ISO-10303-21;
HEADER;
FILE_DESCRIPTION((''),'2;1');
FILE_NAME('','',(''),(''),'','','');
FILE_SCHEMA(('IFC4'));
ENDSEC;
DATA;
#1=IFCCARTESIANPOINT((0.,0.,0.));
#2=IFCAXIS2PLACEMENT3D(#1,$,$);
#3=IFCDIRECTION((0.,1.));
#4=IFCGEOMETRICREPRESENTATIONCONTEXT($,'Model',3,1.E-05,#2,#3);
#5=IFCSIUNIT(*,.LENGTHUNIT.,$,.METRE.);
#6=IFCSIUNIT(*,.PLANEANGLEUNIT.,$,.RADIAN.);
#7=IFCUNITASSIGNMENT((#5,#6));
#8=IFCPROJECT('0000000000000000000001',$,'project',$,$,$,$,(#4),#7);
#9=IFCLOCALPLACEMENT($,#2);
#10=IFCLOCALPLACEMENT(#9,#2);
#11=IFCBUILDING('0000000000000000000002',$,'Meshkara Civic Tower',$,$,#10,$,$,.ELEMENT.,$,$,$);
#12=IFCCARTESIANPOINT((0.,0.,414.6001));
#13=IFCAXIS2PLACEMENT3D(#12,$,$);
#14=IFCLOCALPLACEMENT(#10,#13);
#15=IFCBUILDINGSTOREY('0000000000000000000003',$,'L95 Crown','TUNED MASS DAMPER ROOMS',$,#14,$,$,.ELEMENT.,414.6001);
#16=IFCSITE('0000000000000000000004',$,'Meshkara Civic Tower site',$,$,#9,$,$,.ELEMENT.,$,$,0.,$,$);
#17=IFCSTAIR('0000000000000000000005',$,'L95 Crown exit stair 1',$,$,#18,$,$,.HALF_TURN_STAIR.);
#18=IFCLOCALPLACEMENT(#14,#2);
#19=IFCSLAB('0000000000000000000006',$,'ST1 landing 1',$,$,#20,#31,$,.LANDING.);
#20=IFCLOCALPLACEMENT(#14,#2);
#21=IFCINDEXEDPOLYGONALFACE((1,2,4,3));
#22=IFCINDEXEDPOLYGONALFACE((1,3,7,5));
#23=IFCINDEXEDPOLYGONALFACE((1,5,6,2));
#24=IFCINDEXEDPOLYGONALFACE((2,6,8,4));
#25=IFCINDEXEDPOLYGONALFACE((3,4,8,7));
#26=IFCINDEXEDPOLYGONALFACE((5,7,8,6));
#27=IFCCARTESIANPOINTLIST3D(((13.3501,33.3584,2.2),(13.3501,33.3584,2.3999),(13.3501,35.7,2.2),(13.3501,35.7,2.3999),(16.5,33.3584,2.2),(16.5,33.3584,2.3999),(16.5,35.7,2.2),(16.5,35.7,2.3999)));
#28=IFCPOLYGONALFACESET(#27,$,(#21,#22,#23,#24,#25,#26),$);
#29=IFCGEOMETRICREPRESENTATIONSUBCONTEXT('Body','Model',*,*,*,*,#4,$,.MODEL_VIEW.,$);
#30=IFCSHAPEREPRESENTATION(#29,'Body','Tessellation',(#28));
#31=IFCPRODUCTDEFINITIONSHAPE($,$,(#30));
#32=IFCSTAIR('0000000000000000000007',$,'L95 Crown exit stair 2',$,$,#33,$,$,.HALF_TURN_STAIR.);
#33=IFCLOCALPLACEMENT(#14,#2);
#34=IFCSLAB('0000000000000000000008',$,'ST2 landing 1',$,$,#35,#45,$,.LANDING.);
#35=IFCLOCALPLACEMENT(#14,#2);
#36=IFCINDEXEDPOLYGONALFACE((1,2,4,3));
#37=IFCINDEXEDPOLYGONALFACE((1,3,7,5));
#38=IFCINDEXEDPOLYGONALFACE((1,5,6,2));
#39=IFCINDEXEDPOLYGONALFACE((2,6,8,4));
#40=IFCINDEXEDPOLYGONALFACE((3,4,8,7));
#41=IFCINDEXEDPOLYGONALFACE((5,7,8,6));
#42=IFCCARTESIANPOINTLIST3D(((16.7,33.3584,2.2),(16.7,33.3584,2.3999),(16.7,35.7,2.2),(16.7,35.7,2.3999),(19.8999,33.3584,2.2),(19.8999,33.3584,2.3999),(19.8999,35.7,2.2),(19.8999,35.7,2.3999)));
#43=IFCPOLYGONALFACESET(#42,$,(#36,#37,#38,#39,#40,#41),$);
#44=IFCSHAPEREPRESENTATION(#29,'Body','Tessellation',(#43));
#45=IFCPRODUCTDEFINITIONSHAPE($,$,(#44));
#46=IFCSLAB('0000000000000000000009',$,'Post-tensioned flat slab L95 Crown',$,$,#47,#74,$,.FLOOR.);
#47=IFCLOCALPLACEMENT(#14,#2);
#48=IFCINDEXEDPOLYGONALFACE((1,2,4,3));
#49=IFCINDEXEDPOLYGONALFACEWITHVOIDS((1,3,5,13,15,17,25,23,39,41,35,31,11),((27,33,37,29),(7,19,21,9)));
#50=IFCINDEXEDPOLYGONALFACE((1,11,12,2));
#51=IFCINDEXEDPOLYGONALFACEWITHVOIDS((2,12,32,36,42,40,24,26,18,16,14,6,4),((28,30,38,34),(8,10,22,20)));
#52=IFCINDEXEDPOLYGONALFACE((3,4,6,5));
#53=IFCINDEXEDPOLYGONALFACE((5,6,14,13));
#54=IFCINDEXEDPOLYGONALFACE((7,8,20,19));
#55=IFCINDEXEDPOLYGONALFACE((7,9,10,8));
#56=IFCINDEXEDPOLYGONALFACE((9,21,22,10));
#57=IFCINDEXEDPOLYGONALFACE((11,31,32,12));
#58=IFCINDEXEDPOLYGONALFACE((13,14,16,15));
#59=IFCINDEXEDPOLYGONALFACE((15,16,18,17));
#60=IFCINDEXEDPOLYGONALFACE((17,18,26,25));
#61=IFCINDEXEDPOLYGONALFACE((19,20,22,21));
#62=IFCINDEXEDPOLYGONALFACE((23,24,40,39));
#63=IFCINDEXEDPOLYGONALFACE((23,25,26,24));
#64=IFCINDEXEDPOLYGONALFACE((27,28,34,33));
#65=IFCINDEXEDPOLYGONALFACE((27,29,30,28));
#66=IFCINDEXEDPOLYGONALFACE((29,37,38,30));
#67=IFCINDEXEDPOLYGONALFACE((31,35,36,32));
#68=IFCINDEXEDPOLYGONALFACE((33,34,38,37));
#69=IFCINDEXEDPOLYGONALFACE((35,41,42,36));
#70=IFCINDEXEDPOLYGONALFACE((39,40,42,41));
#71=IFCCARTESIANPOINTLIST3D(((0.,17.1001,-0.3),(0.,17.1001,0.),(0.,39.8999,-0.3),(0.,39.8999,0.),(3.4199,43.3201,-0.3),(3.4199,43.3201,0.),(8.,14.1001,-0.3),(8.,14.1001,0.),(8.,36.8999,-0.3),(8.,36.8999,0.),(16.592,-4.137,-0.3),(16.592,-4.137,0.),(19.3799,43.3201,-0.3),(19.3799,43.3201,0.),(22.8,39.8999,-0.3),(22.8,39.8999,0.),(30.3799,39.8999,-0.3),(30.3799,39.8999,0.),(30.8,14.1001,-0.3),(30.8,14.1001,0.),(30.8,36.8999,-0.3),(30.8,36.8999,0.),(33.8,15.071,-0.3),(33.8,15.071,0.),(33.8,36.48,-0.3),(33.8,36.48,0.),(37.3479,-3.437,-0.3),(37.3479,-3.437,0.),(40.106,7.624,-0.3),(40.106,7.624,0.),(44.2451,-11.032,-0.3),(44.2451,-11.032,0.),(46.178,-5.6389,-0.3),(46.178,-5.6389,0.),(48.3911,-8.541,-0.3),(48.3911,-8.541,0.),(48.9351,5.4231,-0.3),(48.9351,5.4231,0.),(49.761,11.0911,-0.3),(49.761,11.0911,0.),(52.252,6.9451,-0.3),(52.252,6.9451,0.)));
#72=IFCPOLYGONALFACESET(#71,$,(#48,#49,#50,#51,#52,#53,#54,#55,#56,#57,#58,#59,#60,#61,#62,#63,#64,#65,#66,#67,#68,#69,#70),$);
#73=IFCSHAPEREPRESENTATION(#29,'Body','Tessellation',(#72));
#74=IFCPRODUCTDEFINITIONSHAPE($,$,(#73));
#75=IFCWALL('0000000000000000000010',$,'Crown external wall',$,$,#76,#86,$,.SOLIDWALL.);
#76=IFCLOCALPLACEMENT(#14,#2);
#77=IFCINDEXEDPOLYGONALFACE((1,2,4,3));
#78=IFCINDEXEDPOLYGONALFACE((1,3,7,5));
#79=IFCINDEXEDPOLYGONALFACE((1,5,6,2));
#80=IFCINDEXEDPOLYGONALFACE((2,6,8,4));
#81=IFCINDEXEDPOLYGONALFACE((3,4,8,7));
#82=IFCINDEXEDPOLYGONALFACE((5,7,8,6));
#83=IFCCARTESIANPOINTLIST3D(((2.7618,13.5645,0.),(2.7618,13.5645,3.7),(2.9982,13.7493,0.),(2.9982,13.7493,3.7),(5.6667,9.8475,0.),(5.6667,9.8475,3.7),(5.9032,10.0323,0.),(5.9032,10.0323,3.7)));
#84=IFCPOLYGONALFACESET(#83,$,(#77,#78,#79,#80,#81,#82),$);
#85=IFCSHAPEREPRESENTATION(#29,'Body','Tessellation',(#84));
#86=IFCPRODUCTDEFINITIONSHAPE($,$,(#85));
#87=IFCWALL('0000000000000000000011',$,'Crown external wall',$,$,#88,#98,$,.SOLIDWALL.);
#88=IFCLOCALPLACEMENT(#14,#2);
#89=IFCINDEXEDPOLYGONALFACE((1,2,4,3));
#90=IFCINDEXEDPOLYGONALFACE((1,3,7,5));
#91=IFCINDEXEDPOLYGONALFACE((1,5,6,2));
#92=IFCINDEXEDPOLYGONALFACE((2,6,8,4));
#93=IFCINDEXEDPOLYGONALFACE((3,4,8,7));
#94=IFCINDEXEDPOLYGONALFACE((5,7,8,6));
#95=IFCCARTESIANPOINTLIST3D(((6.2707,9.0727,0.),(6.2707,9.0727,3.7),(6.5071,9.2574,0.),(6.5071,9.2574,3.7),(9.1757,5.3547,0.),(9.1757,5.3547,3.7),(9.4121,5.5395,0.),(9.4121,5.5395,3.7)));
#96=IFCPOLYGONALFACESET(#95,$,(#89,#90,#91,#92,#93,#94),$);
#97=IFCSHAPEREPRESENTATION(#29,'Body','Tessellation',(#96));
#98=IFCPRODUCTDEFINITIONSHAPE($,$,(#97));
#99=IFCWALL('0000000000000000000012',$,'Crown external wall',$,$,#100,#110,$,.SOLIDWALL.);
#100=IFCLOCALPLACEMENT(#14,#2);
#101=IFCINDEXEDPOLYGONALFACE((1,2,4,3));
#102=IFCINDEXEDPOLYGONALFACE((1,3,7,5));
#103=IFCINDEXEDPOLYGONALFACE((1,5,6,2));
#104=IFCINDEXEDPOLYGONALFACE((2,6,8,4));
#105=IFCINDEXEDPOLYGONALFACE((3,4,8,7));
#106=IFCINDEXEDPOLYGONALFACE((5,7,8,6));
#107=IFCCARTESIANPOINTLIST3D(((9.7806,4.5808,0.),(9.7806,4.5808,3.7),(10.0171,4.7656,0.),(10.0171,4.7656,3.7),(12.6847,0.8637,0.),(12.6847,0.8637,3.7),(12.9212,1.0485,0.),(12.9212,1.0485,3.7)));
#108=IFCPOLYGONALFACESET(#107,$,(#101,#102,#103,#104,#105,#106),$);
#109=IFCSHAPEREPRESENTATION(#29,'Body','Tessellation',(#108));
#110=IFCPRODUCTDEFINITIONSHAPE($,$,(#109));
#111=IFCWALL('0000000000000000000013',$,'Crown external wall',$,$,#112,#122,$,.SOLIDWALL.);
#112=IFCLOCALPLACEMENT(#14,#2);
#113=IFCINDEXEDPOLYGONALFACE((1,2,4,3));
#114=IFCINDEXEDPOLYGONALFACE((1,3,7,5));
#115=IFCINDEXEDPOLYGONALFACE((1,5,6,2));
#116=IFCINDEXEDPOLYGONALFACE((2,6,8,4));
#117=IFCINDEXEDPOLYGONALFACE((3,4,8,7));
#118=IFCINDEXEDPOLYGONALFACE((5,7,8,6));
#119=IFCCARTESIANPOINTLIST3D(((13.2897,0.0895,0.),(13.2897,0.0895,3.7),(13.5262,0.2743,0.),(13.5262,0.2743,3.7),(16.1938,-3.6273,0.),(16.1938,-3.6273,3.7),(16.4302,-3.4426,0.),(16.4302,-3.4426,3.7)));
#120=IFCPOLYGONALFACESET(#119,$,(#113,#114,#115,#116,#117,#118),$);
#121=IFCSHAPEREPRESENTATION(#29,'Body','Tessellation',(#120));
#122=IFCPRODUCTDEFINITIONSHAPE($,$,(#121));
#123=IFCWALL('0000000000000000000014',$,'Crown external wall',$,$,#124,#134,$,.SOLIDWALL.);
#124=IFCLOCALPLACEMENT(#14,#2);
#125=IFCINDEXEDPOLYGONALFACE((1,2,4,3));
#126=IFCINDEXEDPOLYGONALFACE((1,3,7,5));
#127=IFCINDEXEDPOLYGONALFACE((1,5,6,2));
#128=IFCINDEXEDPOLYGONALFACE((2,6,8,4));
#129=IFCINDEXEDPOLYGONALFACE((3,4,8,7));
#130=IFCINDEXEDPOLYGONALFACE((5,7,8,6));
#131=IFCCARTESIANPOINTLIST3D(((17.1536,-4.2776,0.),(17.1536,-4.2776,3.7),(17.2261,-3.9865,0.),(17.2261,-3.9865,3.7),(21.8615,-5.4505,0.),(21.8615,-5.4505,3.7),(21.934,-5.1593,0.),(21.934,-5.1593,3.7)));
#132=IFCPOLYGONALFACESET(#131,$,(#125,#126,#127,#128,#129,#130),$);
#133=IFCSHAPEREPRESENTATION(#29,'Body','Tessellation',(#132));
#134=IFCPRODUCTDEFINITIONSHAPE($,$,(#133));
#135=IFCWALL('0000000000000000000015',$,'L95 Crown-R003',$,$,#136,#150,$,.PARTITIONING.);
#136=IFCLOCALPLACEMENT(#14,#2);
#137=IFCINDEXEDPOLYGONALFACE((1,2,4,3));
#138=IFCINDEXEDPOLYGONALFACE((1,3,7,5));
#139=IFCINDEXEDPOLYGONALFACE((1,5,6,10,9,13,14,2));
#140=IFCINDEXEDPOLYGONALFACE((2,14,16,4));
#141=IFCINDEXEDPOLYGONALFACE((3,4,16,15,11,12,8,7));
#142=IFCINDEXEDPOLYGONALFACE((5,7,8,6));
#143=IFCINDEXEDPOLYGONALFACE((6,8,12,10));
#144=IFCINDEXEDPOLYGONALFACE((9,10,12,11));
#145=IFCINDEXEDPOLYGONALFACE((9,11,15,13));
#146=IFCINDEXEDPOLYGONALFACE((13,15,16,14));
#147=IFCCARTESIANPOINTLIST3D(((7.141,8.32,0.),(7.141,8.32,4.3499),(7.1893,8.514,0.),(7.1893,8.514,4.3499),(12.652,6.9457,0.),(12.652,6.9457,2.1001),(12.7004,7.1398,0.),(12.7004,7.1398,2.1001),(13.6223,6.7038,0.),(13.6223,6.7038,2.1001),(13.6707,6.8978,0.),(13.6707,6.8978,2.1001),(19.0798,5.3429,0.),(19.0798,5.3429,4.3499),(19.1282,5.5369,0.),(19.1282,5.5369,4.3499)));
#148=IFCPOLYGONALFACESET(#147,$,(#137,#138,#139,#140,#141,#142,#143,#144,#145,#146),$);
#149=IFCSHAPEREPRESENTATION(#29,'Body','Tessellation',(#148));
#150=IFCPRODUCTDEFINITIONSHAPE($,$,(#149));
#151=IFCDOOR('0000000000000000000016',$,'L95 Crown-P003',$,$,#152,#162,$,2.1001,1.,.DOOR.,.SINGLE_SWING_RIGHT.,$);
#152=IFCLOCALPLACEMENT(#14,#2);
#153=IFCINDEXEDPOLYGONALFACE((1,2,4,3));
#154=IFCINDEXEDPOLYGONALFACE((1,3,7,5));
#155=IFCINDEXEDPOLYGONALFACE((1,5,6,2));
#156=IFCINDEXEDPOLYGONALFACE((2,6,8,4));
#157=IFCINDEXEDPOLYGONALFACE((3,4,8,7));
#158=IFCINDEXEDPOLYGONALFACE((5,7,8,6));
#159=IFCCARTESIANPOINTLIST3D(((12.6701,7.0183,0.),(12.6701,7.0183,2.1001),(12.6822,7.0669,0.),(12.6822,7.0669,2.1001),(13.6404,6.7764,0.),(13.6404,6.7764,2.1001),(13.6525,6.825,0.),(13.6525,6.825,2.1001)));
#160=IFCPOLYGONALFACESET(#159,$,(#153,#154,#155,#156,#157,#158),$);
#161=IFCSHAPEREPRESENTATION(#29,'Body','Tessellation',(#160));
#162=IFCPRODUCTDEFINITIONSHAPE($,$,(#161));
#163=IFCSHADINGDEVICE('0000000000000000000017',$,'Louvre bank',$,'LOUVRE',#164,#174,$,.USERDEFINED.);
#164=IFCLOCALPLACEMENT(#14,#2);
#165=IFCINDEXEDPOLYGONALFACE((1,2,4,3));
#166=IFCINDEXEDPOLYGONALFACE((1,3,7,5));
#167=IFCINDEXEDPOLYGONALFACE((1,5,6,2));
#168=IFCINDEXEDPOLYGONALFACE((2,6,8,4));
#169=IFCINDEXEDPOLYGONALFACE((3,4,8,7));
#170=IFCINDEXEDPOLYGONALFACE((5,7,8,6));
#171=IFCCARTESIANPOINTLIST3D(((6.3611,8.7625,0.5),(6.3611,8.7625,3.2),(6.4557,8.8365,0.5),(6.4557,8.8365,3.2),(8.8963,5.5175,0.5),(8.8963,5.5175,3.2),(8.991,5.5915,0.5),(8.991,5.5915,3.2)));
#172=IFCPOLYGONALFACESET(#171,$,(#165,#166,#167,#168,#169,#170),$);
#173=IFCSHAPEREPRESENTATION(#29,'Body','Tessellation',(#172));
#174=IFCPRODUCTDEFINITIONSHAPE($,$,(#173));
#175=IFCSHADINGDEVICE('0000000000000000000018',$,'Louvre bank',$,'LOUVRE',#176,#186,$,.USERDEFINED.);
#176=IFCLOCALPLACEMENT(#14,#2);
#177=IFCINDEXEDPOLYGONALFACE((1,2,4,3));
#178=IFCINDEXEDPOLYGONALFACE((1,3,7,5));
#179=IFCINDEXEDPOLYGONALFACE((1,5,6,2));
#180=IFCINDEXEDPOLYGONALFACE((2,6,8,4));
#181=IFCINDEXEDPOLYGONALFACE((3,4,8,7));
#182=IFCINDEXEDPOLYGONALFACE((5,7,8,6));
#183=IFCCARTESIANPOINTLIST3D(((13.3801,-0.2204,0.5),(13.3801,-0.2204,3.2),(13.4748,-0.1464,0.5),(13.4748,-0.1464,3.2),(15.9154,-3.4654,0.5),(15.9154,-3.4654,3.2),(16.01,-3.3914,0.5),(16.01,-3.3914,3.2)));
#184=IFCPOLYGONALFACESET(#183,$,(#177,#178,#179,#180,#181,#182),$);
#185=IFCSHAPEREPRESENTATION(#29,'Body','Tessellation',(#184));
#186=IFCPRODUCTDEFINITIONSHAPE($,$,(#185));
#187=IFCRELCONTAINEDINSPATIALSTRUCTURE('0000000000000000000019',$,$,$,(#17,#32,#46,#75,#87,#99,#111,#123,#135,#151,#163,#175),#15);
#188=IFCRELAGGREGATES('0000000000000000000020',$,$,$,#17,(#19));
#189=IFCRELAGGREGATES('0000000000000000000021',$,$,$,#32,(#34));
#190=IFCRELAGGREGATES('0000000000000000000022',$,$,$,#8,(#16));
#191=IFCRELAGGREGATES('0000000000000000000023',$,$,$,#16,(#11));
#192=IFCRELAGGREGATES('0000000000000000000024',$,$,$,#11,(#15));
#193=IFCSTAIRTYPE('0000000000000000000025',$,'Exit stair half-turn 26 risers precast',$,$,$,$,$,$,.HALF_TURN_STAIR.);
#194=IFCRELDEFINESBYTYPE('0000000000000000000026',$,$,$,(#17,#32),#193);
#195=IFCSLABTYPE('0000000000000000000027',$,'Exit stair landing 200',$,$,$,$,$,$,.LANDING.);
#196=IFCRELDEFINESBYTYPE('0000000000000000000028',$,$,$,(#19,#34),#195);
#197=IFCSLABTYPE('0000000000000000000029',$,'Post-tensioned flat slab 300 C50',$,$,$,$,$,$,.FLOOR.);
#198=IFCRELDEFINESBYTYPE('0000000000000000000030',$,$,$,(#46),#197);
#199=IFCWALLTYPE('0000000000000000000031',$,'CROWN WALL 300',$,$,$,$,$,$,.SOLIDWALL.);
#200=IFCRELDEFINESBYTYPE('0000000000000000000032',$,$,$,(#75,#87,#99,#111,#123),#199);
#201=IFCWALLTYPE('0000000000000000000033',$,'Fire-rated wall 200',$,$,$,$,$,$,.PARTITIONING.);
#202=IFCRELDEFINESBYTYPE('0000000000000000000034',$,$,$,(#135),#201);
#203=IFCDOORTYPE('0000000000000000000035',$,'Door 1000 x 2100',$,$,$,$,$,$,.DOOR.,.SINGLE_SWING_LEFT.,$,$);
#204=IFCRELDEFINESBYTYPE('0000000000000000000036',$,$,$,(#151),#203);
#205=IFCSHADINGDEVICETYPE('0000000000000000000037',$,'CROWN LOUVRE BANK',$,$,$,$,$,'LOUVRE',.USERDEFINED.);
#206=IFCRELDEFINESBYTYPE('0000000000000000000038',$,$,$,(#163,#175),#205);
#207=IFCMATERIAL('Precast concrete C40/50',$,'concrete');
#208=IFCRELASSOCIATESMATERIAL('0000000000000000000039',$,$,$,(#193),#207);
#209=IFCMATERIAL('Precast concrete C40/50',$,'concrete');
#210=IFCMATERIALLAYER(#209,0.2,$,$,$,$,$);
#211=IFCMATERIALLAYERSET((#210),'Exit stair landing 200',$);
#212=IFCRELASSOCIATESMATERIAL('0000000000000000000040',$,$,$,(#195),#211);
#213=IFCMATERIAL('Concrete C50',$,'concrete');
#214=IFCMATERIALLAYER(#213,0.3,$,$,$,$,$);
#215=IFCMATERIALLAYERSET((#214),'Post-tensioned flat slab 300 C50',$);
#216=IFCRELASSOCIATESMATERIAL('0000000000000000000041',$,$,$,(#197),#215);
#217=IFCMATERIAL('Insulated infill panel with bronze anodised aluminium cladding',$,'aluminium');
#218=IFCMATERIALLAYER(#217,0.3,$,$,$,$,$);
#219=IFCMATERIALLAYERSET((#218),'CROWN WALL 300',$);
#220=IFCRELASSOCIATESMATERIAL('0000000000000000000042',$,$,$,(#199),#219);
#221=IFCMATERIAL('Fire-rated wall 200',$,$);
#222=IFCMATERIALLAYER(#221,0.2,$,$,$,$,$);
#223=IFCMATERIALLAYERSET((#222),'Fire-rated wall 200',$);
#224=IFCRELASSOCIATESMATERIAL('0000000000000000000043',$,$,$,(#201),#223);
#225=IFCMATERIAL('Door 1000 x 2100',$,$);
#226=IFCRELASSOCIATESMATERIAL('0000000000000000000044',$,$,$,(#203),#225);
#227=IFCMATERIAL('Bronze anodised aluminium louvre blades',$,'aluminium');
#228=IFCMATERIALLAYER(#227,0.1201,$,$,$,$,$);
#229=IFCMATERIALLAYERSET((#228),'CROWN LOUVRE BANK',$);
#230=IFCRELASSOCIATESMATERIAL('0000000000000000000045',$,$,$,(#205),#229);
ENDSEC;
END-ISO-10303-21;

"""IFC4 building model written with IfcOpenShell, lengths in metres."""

from ifc_helpers import new_model, si_unit, direction, frame, frame_2d, origin, origin_2d, place, context, subcontext, project, spatial, polyline, rectangle, outline, extrude, material, layer, layer_set, type_object, element, fill, aggregate, save


model = new_model("IFC4")

# Units and contexts
model_context = context("Model", 3, precision=1e-05, world=origin(), true_north=direction((0.0, 1.0)))
body_context = subcontext(model_context, "Body", "Model", "MODEL_VIEW")
ifc_project = project(units=[si_unit("LENGTHUNIT", "METRE"), si_unit("PLANEANGLEUNIT", "RADIAN")], contexts=[model_context])

# Site, building, storey
site_placement = place(None, origin())
site = spatial("IfcSite", under=ifc_project, at=site_placement, Name="Meshkara Civic Tower site", CompositionType="ELEMENT", RefElevation=0.0)
building_placement = place(site_placement, origin())
building = spatial("IfcBuilding", under=site, at=building_placement, Name="Meshkara Civic Tower", CompositionType="ELEMENT")
storey_placement = place(building_placement, frame((0.0, 0.0, 414.6001)))
storey = spatial("IfcBuildingStorey", under=building, at=storey_placement, Name="L95 Crown", Description="TUNED MASS DAMPER ROOMS", CompositionType="ELEMENT", Elevation=414.6001)

# Stairs, slabs
ifc_material_1 = material(Name="Precast concrete C40/50", Category="concrete")
stair_type = type_object("IfcStairType", Name="Exit stair half-turn 26 risers precast", PredefinedType="HALF_TURN_STAIR", material=ifc_material_1)
stair_1_placement = place(storey_placement, origin())
stair_1 = element("IfcStair", 1, at=stair_1_placement, inside=storey, type_object=stair_type, Name="L95 Crown exit stair 1", PredefinedType="HALF_TURN_STAIR")
ifc_material_2 = material(Name="Precast concrete C40/50", Category="concrete")
ifc_layer_1 = layer(ifc_material_2, 0.2)
ifc_layer_set_1 = layer_set([ifc_layer_1], Name="Exit stair landing 200")
slab_type_1 = type_object("IfcSlabType", Name="Exit stair landing 200", PredefinedType="LANDING", material=ifc_layer_set_1)
slab_1_placement = place(storey_placement, frame((0.0, 0.0, 2.2)))
slab_1 = element("IfcSlab", 2, at=slab_1_placement, type_object=slab_type_1, Name="ST1 landing 1", PredefinedType="LANDING", context=body_context, shape_type="SweptSolid", body=[
    extrude(outline(polyline([(16.5, 33.3584), (16.5, 35.7), (13.3501, 35.7), (13.3501, 33.3584), (16.5, 33.3584)])), origin(), (0.0, 0.0, 1.0), 0.2),
])
aggregate(stair_1, [slab_1])
stair_2_placement = place(storey_placement, origin())
stair_2 = element("IfcStair", 3, at=stair_2_placement, inside=storey, type_object=stair_type, Name="L95 Crown exit stair 2", PredefinedType="HALF_TURN_STAIR")
slab_2_placement = place(storey_placement, frame((0.0, 0.0, 2.2)))
slab_2 = element("IfcSlab", 4, at=slab_2_placement, type_object=slab_type_1, Name="ST2 landing 1", PredefinedType="LANDING", context=body_context, shape_type="SweptSolid", body=[
    extrude(outline(polyline([(19.8999, 33.3584), (19.8999, 35.7), (16.7, 35.7), (16.7, 33.3584), (19.8999, 33.3584)])), origin(), (0.0, 0.0, 1.0), 0.2),
])
aggregate(stair_2, [slab_2])

# Slab
ifc_material_3 = material(Name="Concrete C50", Category="concrete")
ifc_layer_2 = layer(ifc_material_3, 0.3)
ifc_layer_set_2 = layer_set([ifc_layer_2], Name="Post-tensioned flat slab 300 C50")
slab_type_2 = type_object("IfcSlabType", Name="Post-tensioned flat slab 300 C50", PredefinedType="FLOOR", material=ifc_layer_set_2)
slab_3_placement = place(storey_placement, frame((0.0, 0.0, -0.3)))
element("IfcSlab", 5, at=slab_3_placement, inside=storey, type_object=slab_type_2, Name="Post-tensioned flat slab L95 Crown", PredefinedType="FLOOR", context=body_context, shape_type="SweptSolid", body=[
    extrude(outline(polyline([(48.3911, -8.541), (44.2451, -11.032), (16.592, -4.137), (0.0, 17.1001), (0.0, 39.8999), (3.4199, 43.3201), (19.3799, 43.3201), (22.8, 39.8999), (30.3799, 39.8999), (33.8, 36.48), (33.8, 15.071), (49.761, 11.0911), (52.252, 6.9451), (48.3911, -8.541)]), holes=[polyline([(46.178, -5.6389), (48.9351, 5.4231), (40.106, 7.624), (37.3479, -3.437), (46.178, -5.6389)]), polyline([(30.8, 36.8999), (8.0, 36.8999), (8.0, 14.1001), (30.8, 14.1001), (30.8, 36.8999)])]), origin(), (0.0, 0.0, 1.0), 0.3),
])

# Walls
ifc_material_4 = material(Name="Insulated infill panel with bronze anodised aluminium cladding", Category="aluminium")
ifc_layer_3 = layer(ifc_material_4, 0.3)
ifc_layer_set_3 = layer_set([ifc_layer_3], Name="CROWN WALL 300")
wall_type_1 = type_object("IfcWallType", Name="CROWN WALL 300", PredefinedType="SOLIDWALL", material=ifc_layer_set_3)
wall_1_placement = place(storey_placement, frame((2.8799, 13.657, 0.0), z_axis=(0.0, 0.0, 1.0), x_axis=(0.615788, -0.787912, 0.0)))
element("IfcWall", 6, at=wall_1_placement, inside=storey, type_object=wall_type_1, Name="Crown external wall", PredefinedType="SOLIDWALL", context=body_context, shape_type="SweptSolid", body=[
    extrude(rectangle(XDim=4.7175, YDim=0.3, at=frame_2d((2.3589, 0.0))), origin(), (0.0, 0.0, 1.0), 3.7),
])
wall_2_placement = place(storey_placement, frame((6.3889, 9.165, 0.0), z_axis=(0.0, 0.0, 1.0), x_axis=(0.615687, -0.787991, 0.0)))
element("IfcWall", 7, at=wall_2_placement, inside=storey, type_object=wall_type_1, Name="Crown external wall", PredefinedType="SOLIDWALL", context=body_context, shape_type="SweptSolid", body=[
    extrude(rectangle(XDim=4.7183, YDim=0.3, at=frame_2d((2.3591, 0.0))), origin(), (0.0, 0.0, 1.0), 3.7),
])
wall_3_placement = place(storey_placement, frame((9.8989, 4.6731, 0.0), z_axis=(0.0, 0.0, 1.0), x_axis=(0.615659, -0.788013, 0.0)))
element("IfcWall", 8, at=wall_3_placement, inside=storey, type_object=wall_type_1, Name="Crown external wall", PredefinedType="SOLIDWALL", context=body_context, shape_type="SweptSolid", body=[
    extrude(rectangle(XDim=4.717, YDim=0.3, at=frame_2d((2.3584, 0.0))), origin(), (0.0, 0.0, 1.0), 3.7),
])
wall_4_placement = place(storey_placement, frame((13.408, 0.1819, 0.0), z_axis=(0.0, 0.0, 1.0), x_axis=(0.615684, -0.787993, 0.0)))
element("IfcWall", 9, at=wall_4_placement, inside=storey, type_object=wall_type_1, Name="Crown external wall", PredefinedType="SOLIDWALL", context=body_context, shape_type="SweptSolid", body=[
    extrude(rectangle(XDim=4.7168, YDim=0.3, at=frame_2d((2.3584, 0.0))), origin(), (0.0, 0.0, 1.0), 3.7),
])
wall_5_placement = place(storey_placement, frame((17.1899, -4.1321, 0.0), z_axis=(0.0, 0.0, 1.0), x_axis=(0.970343, -0.24173, 0.0)))
element("IfcWall", 10, at=wall_5_placement, inside=storey, type_object=wall_type_1, Name="Crown external wall", PredefinedType="SOLIDWALL", context=body_context, shape_type="SweptSolid", body=[
    extrude(rectangle(XDim=4.8518, YDim=0.3, at=frame_2d((2.4258, 0.0))), origin(), (0.0, 0.0, 1.0), 3.7),
])

# Wall, opening, door
ifc_material_5 = material(Name="Fire-rated wall 200")
ifc_layer_4 = layer(ifc_material_5, 0.2)
ifc_layer_set_4 = layer_set([ifc_layer_4], Name="Fire-rated wall 200")
wall_type_2 = type_object("IfcWallType", Name="Fire-rated wall 200", PredefinedType="PARTITIONING", material=ifc_layer_set_4)
wall_6_placement = place(storey_placement, frame((7.165, 8.417, 0.0), z_axis=(0.0, 0.0, 1.0), x_axis=(0.970289, -0.241947, 0.0)))
wall_6 = element("IfcWall", 11, at=wall_6_placement, inside=storey, type_object=wall_type_2, Name="L95 Crown-R003", PredefinedType="PARTITIONING", context=body_context, shape_type="SweptSolid", body=[
    extrude(rectangle(XDim=12.3044, YDim=0.2, at=frame_2d((6.1523, 0.0))), origin(), (0.0, 0.0, 1.0), 4.3499),
])
opening_placement = place(wall_6_placement, frame((5.6799, 0.0, 0.0)))
opening = element("IfcOpeningElement", 12, at=opening_placement, cuts=wall_6, PredefinedType="OPENING", context=body_context, shape_type="SweptSolid", body=[
    extrude(rectangle(XDim=1.0, YDim=2.1001, at=frame_2d((0.5, 1.05))), frame((0.0, 0.1099, 0.0), z_axis=(0.0, -1.0, 0.0), x_axis=(1.0, 0.0, 0.0)), (0.0, 0.0, 1.0), 0.22),
])
ifc_material_6 = material(Name="Door 1000 x 2100")
door_type = type_object("IfcDoorType", Name="Door 1000 x 2100", OperationType="SINGLE_SWING_LEFT", PredefinedType="DOOR", material=ifc_material_6)
door_placement = place(opening_placement, origin())
door = element("IfcDoor", 13, at=door_placement, inside=storey, type_object=door_type, Name="L95 Crown-P003", OperationType="SINGLE_SWING_RIGHT", OverallHeight=2.1001, OverallWidth=1.0, PredefinedType="DOOR", context=body_context, shape_type="SweptSolid", body=[
    extrude(rectangle(XDim=1.0, YDim=2.1001, at=frame_2d((0.5, 1.05))), frame((0.0, 0.0249, 0.0), z_axis=(0.0, -1.0, 0.0), x_axis=(1.0, 0.0, 0.0)), (0.0, 0.0, 1.0), 0.05),
])
fill(opening, door)

# Shading devices
ifc_material_7 = material(Name="Bronze anodised aluminium louvre blades", Category="aluminium")
ifc_layer_5 = layer(ifc_material_7, 0.1201)
ifc_layer_set_5 = layer_set([ifc_layer_5], Name="CROWN LOUVRE BANK")
shading_device_type = type_object("IfcShadingDeviceType", Name="CROWN LOUVRE BANK", ElementType="LOUVRE", PredefinedType="USERDEFINED", material=ifc_layer_set_5)
for number, where, z_axis, x_axis, name in (
    (14, (7.676, 7.177, 0.5), (0.0, 0.0, 1.0), (0.615661, -0.788011, 0.0), "Louvre bank"),
    (15, (14.6951, -1.8059, 0.5), (0.0, 0.0, 1.0), (0.615661, -0.788011, 0.0), "Louvre bank"),
):
    element("IfcShadingDevice", number, at=place(storey_placement, frame(where, z_axis=z_axis, x_axis=x_axis)), inside=storey, type_object=shading_device_type, Name=name, ObjectType="LOUVRE", PredefinedType="USERDEFINED", context=body_context, shape_type="SweptSolid", body=[
        extrude(rectangle(XDim=4.1179, YDim=0.1201, at=origin_2d()), origin(), (0.0, 0.0, 1.0), 2.7),
    ])

save(model, "model.ifc")
